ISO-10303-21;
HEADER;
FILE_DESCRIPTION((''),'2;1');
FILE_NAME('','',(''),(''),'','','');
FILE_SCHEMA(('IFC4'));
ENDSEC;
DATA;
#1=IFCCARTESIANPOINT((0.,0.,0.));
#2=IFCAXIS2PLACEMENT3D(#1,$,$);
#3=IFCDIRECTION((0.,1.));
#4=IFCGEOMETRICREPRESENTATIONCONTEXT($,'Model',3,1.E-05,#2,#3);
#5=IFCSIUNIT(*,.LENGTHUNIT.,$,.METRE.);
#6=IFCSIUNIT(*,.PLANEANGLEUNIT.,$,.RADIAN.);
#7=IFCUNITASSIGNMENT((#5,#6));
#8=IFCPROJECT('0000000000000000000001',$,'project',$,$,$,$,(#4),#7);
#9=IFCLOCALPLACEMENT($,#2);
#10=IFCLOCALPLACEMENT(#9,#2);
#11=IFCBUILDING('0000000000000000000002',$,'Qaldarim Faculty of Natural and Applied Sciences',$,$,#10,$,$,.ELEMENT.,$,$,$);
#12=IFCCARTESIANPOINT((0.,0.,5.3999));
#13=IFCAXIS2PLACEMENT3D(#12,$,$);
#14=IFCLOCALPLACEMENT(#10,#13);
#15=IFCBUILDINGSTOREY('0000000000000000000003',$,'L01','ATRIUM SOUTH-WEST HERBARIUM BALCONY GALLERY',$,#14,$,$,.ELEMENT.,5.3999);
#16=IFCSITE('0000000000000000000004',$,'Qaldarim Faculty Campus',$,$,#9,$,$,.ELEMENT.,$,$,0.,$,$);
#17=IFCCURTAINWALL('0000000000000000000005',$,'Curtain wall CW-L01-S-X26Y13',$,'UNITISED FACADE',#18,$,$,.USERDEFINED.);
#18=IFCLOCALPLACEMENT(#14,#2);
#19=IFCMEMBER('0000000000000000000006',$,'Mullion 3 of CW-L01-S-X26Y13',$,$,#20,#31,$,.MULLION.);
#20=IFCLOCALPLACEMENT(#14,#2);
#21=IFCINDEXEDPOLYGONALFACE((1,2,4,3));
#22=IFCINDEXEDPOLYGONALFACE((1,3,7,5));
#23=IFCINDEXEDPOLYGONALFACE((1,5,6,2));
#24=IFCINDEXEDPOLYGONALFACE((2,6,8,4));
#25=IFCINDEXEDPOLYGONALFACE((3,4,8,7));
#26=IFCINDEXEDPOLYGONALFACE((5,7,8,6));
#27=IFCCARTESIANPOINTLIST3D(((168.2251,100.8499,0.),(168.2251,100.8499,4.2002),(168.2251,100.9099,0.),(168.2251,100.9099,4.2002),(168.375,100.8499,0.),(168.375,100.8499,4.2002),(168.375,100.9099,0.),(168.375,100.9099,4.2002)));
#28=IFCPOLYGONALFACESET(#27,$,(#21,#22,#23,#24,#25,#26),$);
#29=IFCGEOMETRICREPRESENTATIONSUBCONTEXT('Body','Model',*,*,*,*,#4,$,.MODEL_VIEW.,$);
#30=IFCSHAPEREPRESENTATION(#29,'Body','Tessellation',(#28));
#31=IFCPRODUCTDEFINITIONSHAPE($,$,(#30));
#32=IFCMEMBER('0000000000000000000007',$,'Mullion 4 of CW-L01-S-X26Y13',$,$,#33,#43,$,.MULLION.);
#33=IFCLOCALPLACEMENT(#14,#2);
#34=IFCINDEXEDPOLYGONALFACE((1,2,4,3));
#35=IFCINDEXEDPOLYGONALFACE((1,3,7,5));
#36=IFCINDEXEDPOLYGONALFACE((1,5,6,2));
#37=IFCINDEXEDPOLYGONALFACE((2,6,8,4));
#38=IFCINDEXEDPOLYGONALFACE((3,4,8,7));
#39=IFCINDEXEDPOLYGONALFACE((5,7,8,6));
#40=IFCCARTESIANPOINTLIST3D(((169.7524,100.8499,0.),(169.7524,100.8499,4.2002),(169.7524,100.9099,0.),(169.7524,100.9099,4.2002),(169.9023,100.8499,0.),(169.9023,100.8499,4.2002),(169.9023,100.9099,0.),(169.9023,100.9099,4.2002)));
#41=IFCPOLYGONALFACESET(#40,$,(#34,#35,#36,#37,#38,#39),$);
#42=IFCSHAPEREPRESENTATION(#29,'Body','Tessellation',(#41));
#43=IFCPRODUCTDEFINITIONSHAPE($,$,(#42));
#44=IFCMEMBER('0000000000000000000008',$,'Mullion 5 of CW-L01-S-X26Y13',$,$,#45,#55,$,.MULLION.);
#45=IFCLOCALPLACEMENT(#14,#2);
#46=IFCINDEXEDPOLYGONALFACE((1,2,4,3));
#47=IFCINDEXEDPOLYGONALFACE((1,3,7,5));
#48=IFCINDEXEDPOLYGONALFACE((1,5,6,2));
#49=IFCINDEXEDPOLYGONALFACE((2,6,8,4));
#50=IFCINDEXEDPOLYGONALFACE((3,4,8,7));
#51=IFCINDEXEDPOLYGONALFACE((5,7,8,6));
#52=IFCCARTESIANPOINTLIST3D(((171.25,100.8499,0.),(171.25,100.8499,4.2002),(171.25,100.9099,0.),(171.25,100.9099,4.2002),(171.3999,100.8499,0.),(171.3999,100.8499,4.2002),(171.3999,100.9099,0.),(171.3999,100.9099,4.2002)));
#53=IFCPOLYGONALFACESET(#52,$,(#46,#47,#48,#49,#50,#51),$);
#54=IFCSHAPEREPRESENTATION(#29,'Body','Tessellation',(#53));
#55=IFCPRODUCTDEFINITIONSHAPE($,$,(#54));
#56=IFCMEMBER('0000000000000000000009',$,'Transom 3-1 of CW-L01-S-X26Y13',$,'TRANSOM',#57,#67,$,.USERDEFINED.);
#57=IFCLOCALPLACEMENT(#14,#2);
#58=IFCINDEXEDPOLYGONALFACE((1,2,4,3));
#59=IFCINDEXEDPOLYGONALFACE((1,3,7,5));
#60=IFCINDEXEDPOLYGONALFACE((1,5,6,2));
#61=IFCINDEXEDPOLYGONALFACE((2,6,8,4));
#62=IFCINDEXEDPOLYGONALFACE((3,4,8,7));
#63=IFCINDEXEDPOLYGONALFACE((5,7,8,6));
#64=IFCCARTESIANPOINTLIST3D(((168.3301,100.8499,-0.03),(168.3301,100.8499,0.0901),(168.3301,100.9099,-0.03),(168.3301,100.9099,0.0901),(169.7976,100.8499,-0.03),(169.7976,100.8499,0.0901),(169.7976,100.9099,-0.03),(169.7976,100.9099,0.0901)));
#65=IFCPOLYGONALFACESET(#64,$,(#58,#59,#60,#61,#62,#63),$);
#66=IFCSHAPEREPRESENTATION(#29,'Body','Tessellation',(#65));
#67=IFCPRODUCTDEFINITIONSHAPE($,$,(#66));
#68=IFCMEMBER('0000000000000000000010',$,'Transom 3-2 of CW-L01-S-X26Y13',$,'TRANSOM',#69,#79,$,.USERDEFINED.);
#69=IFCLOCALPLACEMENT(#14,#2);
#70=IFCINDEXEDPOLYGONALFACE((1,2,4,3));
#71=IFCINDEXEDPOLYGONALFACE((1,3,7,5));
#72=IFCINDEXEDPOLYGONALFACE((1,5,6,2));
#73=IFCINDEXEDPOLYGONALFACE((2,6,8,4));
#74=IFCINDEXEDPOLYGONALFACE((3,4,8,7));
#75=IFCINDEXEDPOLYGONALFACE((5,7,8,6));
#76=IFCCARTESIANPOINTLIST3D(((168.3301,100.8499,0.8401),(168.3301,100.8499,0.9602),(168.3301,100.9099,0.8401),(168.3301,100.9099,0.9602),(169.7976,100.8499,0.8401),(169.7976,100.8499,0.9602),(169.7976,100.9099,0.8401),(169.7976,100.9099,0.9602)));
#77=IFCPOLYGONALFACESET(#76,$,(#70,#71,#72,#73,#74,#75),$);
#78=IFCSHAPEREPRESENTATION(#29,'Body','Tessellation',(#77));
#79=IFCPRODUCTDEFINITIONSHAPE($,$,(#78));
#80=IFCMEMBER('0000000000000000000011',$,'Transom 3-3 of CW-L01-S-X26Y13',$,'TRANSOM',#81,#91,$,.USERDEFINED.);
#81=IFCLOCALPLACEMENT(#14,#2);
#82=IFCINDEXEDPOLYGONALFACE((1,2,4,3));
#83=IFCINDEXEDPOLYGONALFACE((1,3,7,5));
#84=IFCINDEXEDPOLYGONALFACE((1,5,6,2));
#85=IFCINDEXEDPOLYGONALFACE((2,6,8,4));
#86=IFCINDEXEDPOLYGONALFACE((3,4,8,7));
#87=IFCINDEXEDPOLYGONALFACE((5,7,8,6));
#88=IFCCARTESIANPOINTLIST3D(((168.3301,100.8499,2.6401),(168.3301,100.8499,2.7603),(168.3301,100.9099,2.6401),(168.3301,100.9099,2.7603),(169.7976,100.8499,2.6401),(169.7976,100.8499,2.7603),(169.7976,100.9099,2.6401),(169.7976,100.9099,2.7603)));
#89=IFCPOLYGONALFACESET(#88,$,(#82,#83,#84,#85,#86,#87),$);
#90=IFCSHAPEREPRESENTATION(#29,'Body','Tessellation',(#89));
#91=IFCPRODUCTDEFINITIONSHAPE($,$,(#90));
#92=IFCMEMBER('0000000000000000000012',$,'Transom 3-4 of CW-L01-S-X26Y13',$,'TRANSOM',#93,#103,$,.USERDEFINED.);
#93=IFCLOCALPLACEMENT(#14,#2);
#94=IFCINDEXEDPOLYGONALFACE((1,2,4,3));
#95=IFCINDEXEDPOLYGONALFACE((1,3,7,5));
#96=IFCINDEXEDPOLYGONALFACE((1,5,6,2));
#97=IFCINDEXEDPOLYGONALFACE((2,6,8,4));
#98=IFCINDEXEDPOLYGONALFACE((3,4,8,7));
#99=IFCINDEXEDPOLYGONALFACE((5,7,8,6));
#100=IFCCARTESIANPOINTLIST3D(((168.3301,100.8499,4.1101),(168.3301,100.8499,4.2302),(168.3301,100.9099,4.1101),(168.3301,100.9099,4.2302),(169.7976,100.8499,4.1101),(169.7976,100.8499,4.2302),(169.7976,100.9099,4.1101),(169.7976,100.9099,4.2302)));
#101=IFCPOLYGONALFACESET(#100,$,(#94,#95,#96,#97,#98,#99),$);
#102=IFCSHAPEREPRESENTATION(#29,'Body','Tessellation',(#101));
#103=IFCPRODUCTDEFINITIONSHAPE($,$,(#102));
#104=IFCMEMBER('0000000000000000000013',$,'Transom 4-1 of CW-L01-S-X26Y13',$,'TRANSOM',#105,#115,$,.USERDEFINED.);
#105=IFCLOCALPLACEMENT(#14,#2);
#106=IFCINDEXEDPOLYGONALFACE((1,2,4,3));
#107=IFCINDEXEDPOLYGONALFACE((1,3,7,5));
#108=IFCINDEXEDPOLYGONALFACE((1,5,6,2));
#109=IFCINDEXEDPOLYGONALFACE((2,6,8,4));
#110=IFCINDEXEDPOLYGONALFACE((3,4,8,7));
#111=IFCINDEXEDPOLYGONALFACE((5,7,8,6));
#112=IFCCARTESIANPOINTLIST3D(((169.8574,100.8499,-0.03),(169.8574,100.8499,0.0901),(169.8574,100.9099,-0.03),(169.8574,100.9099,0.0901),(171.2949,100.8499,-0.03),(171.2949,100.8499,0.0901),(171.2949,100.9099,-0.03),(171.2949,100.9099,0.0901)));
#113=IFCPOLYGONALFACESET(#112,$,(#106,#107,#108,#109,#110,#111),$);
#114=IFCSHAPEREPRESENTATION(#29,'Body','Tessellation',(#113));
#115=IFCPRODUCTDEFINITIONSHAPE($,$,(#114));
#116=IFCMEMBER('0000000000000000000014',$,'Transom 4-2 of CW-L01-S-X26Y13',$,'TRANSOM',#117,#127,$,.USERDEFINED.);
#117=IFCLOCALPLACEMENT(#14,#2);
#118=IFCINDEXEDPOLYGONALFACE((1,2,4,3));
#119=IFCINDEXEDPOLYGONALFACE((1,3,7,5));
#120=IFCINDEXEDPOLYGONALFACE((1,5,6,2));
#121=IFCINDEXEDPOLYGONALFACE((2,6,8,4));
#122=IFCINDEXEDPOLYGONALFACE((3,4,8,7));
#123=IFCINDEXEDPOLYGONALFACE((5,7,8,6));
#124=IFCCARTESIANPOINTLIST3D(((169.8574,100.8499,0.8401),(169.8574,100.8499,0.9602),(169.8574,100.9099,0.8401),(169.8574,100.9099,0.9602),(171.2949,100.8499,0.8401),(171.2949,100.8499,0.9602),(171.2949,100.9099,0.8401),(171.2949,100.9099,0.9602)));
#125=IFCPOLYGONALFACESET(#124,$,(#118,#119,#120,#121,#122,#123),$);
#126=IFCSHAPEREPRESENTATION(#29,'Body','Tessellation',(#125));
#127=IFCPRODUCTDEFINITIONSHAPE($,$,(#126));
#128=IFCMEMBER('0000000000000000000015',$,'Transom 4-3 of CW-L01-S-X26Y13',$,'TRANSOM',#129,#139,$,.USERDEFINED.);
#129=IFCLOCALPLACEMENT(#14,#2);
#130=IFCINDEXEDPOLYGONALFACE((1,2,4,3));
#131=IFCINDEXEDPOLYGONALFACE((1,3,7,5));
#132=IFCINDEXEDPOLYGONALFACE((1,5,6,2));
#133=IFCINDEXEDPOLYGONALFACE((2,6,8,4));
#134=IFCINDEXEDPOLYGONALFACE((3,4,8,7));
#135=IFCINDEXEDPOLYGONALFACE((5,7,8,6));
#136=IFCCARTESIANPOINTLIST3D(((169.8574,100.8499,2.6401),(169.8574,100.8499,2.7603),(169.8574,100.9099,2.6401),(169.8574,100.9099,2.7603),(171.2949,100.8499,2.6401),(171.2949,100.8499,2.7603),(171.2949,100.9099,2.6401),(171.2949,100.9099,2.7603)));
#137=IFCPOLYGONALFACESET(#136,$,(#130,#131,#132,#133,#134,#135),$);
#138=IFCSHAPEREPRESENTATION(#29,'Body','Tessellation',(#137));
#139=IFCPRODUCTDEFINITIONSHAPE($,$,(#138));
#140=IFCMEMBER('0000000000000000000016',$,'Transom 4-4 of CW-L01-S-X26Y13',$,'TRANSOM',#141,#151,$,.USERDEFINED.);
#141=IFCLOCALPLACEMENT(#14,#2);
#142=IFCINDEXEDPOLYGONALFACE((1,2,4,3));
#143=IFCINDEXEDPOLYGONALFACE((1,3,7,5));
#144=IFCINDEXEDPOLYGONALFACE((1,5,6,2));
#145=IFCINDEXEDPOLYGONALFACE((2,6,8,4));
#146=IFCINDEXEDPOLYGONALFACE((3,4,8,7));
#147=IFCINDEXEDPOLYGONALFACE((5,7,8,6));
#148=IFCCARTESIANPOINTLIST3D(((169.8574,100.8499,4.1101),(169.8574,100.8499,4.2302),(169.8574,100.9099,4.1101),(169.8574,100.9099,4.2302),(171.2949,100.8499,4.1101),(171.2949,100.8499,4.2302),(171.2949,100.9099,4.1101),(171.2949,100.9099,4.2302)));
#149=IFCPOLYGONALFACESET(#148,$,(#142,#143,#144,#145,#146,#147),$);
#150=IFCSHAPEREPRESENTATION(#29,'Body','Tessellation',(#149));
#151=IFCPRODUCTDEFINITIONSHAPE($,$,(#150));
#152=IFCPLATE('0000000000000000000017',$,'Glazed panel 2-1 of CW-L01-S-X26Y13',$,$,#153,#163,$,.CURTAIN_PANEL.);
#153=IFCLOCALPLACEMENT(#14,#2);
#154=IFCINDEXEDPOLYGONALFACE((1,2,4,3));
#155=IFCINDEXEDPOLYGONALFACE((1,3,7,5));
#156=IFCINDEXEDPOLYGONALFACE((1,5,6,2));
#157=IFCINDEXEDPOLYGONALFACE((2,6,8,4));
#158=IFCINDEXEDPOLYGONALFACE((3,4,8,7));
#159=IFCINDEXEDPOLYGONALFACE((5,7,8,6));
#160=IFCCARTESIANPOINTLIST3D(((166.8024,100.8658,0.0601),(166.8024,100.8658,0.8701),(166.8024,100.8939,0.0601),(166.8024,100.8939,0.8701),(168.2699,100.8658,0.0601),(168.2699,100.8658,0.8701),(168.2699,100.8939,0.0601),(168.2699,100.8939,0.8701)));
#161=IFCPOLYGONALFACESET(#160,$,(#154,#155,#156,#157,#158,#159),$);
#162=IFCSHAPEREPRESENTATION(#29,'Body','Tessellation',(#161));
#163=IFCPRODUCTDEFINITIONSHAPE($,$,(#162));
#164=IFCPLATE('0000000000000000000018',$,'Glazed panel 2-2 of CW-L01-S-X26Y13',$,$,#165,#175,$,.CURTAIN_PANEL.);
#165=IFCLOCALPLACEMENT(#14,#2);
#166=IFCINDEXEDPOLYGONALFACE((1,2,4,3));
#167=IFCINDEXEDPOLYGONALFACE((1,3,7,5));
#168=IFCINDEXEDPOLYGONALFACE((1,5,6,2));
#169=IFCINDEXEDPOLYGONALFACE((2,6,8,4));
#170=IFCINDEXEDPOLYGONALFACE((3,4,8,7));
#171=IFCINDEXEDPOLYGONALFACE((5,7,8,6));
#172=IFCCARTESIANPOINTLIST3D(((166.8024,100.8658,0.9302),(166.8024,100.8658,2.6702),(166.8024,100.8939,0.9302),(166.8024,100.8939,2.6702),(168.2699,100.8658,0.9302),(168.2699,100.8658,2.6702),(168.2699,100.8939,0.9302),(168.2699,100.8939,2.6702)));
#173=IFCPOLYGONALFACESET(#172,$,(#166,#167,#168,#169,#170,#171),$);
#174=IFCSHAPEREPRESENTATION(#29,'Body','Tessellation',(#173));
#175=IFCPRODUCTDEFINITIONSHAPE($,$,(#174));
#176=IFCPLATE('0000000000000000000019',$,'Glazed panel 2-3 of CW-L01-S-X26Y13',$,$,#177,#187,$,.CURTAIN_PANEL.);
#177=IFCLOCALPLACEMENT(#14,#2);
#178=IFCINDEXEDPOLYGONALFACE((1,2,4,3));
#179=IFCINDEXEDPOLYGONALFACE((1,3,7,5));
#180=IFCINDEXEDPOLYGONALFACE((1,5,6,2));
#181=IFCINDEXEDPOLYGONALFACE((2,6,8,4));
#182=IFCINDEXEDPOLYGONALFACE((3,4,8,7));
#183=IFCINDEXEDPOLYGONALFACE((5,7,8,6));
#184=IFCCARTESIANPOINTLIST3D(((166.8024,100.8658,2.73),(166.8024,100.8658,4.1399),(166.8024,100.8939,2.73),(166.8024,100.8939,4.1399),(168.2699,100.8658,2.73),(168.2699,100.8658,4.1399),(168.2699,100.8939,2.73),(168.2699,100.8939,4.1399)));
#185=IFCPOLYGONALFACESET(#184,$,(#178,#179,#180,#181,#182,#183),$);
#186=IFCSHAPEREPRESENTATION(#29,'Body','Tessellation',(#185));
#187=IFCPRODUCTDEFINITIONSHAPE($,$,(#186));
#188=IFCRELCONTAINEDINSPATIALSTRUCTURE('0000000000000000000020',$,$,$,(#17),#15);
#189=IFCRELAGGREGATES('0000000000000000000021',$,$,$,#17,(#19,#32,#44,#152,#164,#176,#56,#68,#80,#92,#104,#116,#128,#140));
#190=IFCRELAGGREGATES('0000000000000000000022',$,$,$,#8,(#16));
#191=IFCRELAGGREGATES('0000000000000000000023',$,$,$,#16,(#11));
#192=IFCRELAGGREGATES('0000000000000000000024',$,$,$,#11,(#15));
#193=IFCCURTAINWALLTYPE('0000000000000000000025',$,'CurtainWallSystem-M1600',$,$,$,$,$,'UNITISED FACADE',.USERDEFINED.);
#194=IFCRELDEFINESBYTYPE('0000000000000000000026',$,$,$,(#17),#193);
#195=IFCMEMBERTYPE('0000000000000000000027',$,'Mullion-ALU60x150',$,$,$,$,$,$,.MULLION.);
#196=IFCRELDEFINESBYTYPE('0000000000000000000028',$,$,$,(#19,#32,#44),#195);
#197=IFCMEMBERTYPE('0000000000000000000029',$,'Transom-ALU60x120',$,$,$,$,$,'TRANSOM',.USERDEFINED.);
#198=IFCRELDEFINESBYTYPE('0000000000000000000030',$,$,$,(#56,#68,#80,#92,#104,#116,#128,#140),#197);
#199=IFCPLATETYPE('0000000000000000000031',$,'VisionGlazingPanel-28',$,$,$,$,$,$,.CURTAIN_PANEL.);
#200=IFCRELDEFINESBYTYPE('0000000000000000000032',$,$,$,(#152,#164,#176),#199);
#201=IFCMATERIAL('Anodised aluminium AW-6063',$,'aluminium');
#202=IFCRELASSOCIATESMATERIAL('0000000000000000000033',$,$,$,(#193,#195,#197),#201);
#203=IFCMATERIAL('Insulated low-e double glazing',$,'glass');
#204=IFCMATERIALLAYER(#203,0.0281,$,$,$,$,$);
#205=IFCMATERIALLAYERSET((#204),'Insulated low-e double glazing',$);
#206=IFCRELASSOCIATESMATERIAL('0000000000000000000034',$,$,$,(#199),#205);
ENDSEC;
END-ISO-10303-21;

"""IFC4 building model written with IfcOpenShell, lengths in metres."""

from ifc_helpers import new_model, si_unit, direction, frame, origin, origin_2d, place, context, subcontext, project, spatial, rectangle, extrude, material, layer, layer_set, material_profile, profile_set, type_object, element, aggregate, save


model = new_model("IFC4")

# Units and contexts
model_context = context("Model", 3, precision=1e-05, world=origin(), true_north=direction((0.0, 1.0)))
body_context = subcontext(model_context, "Body", "Model", "MODEL_VIEW")
ifc_project = project(units=[si_unit("LENGTHUNIT", "METRE"), si_unit("PLANEANGLEUNIT", "RADIAN")], contexts=[model_context])

# Site, building, storey
site_placement = place(None, origin())
site = spatial("IfcSite", under=ifc_project, at=site_placement, Name="Qaldarim Faculty Campus", CompositionType="ELEMENT", RefElevation=0.0)
building_placement = place(site_placement, origin())
building = spatial("IfcBuilding", under=site, at=building_placement, Name="Qaldarim Faculty of Natural and Applied Sciences", CompositionType="ELEMENT")
storey_placement = place(building_placement, frame((0.0, 0.0, 5.3999)))
storey = spatial("IfcBuildingStorey", under=building, at=storey_placement, Name="L01", Description="ATRIUM SOUTH-WEST HERBARIUM BALCONY GALLERY", CompositionType="ELEMENT", Elevation=5.3999)

# Curtain wall, members, plates
ifc_material_1 = material(Name="Anodised aluminium AW-6063", Category="aluminium")
curtain_wall_type = type_object("IfcCurtainWallType", Name="CurtainWallSystem-M1600", ElementType="UNITISED FACADE", PredefinedType="USERDEFINED", material=ifc_material_1)
curtain_wall_placement = place(storey_placement, origin())
curtain_wall = element("IfcCurtainWall", 1, at=curtain_wall_placement, inside=storey, type_object=curtain_wall_type, Name="Curtain wall CW-L01-S-X26Y13", ObjectType="UNITISED FACADE", PredefinedType="USERDEFINED")
ifc_material_profile_1 = material_profile(ifc_material_1, rectangle(XDim=0.0601, YDim=0.1499, at=origin_2d()), Name="ALU-M60x150")
ifc_profile_set_1 = profile_set([ifc_material_profile_1], Name="Anodised aluminium AW-6063")
member_type_1 = type_object("IfcMemberType", Name="Mullion-ALU60x150", PredefinedType="MULLION", material=ifc_profile_set_1)
member_1_placement = place(storey_placement, frame((168.3, 100.8799, 0.0), z_axis=(0.0, 0.0, 1.0), x_axis=(0.0, 1.0, 0.0)))
member_1 = element("IfcMember", 2, at=member_1_placement, type_object=member_type_1, Name="Mullion 3 of CW-L01-S-X26Y13", PredefinedType="MULLION", context=body_context, shape_type="SweptSolid", body=[
    extrude(rectangle(XDim=0.0601, YDim=0.1499, at=origin_2d()), origin(), (0.0, 0.0, 1.0), 4.2002),
])
member_2_placement = place(storey_placement, frame((169.8274, 100.8799, 0.0), z_axis=(0.0, 0.0, 1.0), x_axis=(0.0, 1.0, 0.0)))
member_2 = element("IfcMember", 3, at=member_2_placement, type_object=member_type_1, Name="Mullion 4 of CW-L01-S-X26Y13", PredefinedType="MULLION", context=body_context, shape_type="SweptSolid", body=[
    extrude(rectangle(XDim=0.0601, YDim=0.1499, at=origin_2d()), origin(), (0.0, 0.0, 1.0), 4.2002),
])
member_3_placement = place(storey_placement, frame((171.325, 100.8799, 0.0), z_axis=(0.0, 0.0, 1.0), x_axis=(0.0, 1.0, 0.0)))
member_3 = element("IfcMember", 4, at=member_3_placement, type_object=member_type_1, Name="Mullion 5 of CW-L01-S-X26Y13", PredefinedType="MULLION", context=body_context, shape_type="SweptSolid", body=[
    extrude(rectangle(XDim=0.0601, YDim=0.1499, at=origin_2d()), origin(), (0.0, 0.0, 1.0), 4.2002),
])
ifc_material_profile_2 = material_profile(ifc_material_1, rectangle(XDim=0.0601, YDim=0.1201, at=origin_2d()), Name="ALU-T60x120")
ifc_profile_set_2 = profile_set([ifc_material_profile_2], Name="Anodised aluminium AW-6063")
member_type_2 = type_object("IfcMemberType", Name="Transom-ALU60x120", ElementType="TRANSOM", PredefinedType="USERDEFINED", material=ifc_profile_set_2)
member_4_placement = place(storey_placement, frame((168.3301, 100.8799, 0.03), z_axis=(1.0, 0.0, 0.0), x_axis=(0.0, 1.0, 0.0)))
member_4 = element("IfcMember", 5, at=member_4_placement, type_object=member_type_2, Name="Transom 3-1 of CW-L01-S-X26Y13", ObjectType="TRANSOM", PredefinedType="USERDEFINED", context=body_context, shape_type="SweptSolid", body=[
    extrude(rectangle(XDim=0.0601, YDim=0.1201, at=origin_2d()), origin(), (0.0, 0.0, 1.0), 1.4675),
])
member_5_placement = place(storey_placement, frame((168.3301, 100.8799, 0.9001), z_axis=(1.0, 0.0, 0.0), x_axis=(0.0, 1.0, 0.0)))
member_5 = element("IfcMember", 6, at=member_5_placement, type_object=member_type_2, Name="Transom 3-2 of CW-L01-S-X26Y13", ObjectType="TRANSOM", PredefinedType="USERDEFINED", context=body_context, shape_type="SweptSolid", body=[
    extrude(rectangle(XDim=0.0601, YDim=0.1201, at=origin_2d()), origin(), (0.0, 0.0, 1.0), 1.4675),
])
member_6_placement = place(storey_placement, frame((168.3301, 100.8799, 2.7002), z_axis=(1.0, 0.0, 0.0), x_axis=(0.0, 1.0, 0.0)))
member_6 = element("IfcMember", 7, at=member_6_placement, type_object=member_type_2, Name="Transom 3-3 of CW-L01-S-X26Y13", ObjectType="TRANSOM", PredefinedType="USERDEFINED", context=body_context, shape_type="SweptSolid", body=[
    extrude(rectangle(XDim=0.0601, YDim=0.1201, at=origin_2d()), origin(), (0.0, 0.0, 1.0), 1.4675),
])
member_7_placement = place(storey_placement, frame((168.3301, 100.8799, 4.1702), z_axis=(1.0, 0.0, 0.0), x_axis=(0.0, 1.0, 0.0)))
member_7 = element("IfcMember", 8, at=member_7_placement, type_object=member_type_2, Name="Transom 3-4 of CW-L01-S-X26Y13", ObjectType="TRANSOM", PredefinedType="USERDEFINED", context=body_context, shape_type="SweptSolid", body=[
    extrude(rectangle(XDim=0.0601, YDim=0.1201, at=origin_2d()), origin(), (0.0, 0.0, 1.0), 1.4675),
])
member_8_placement = place(storey_placement, frame((169.8574, 100.8799, 0.03), z_axis=(1.0, 0.0, 0.0), x_axis=(0.0, 1.0, 0.0)))
member_8 = element("IfcMember", 9, at=member_8_placement, type_object=member_type_2, Name="Transom 4-1 of CW-L01-S-X26Y13", ObjectType="TRANSOM", PredefinedType="USERDEFINED", context=body_context, shape_type="SweptSolid", body=[
    extrude(rectangle(XDim=0.0601, YDim=0.1201, at=origin_2d()), origin(), (0.0, 0.0, 1.0), 1.4375),
])
member_9_placement = place(storey_placement, frame((169.8574, 100.8799, 0.9001), z_axis=(1.0, 0.0, 0.0), x_axis=(0.0, 1.0, 0.0)))
member_9 = element("IfcMember", 10, at=member_9_placement, type_object=member_type_2, Name="Transom 4-2 of CW-L01-S-X26Y13", ObjectType="TRANSOM", PredefinedType="USERDEFINED", context=body_context, shape_type="SweptSolid", body=[
    extrude(rectangle(XDim=0.0601, YDim=0.1201, at=origin_2d()), origin(), (0.0, 0.0, 1.0), 1.4375),
])
member_10_placement = place(storey_placement, frame((169.8574, 100.8799, 2.7002), z_axis=(1.0, 0.0, 0.0), x_axis=(0.0, 1.0, 0.0)))
member_10 = element("IfcMember", 11, at=member_10_placement, type_object=member_type_2, Name="Transom 4-3 of CW-L01-S-X26Y13", ObjectType="TRANSOM", PredefinedType="USERDEFINED", context=body_context, shape_type="SweptSolid", body=[
    extrude(rectangle(XDim=0.0601, YDim=0.1201, at=origin_2d()), origin(), (0.0, 0.0, 1.0), 1.4375),
])
member_11_placement = place(storey_placement, frame((169.8574, 100.8799, 4.1702), z_axis=(1.0, 0.0, 0.0), x_axis=(0.0, 1.0, 0.0)))
member_11 = element("IfcMember", 12, at=member_11_placement, type_object=member_type_2, Name="Transom 4-4 of CW-L01-S-X26Y13", ObjectType="TRANSOM", PredefinedType="USERDEFINED", context=body_context, shape_type="SweptSolid", body=[
    extrude(rectangle(XDim=0.0601, YDim=0.1201, at=origin_2d()), origin(), (0.0, 0.0, 1.0), 1.4375),
])
ifc_material_2 = material(Name="Insulated low-e double glazing", Category="glass")
ifc_layer_1 = layer(ifc_material_2, 0.0281)
ifc_layer_set_1 = layer_set([ifc_layer_1], Name="Insulated low-e double glazing")
plate_type = type_object("IfcPlateType", Name="VisionGlazingPanel-28", PredefinedType="CURTAIN_PANEL", material=ifc_layer_set_1)
plate_1_placement = place(storey_placement, frame((167.5361, 100.8799, 0.0601), z_axis=(0.0, 0.0, 1.0), x_axis=(1.0, 0.0, 0.0)))
plate_1 = element("IfcPlate", 13, at=plate_1_placement, type_object=plate_type, Name="Glazed panel 2-1 of CW-L01-S-X26Y13", PredefinedType="CURTAIN_PANEL", context=body_context, shape_type="SweptSolid", body=[
    extrude(rectangle(XDim=1.4675, YDim=0.0281, at=origin_2d()), origin(), (0.0, 0.0, 1.0), 0.8101),
])
plate_2_placement = place(storey_placement, frame((167.5361, 100.8799, 0.9302), z_axis=(0.0, 0.0, 1.0), x_axis=(1.0, 0.0, 0.0)))
plate_2 = element("IfcPlate", 14, at=plate_2_placement, type_object=plate_type, Name="Glazed panel 2-2 of CW-L01-S-X26Y13", PredefinedType="CURTAIN_PANEL", context=body_context, shape_type="SweptSolid", body=[
    extrude(rectangle(XDim=1.4675, YDim=0.0281, at=origin_2d()), origin(), (0.0, 0.0, 1.0), 1.74),
])
plate_3_placement = place(storey_placement, frame((167.5361, 100.8799, 2.73), z_axis=(0.0, 0.0, 1.0), x_axis=(1.0, 0.0, 0.0)))
plate_3 = element("IfcPlate", 15, at=plate_3_placement, type_object=plate_type, Name="Glazed panel 2-3 of CW-L01-S-X26Y13", PredefinedType="CURTAIN_PANEL", context=body_context, shape_type="SweptSolid", body=[
    extrude(rectangle(XDim=1.4675, YDim=0.0281, at=origin_2d()), origin(), (0.0, 0.0, 1.0), 1.4099),
])
aggregate(curtain_wall, [member_1, member_2, member_3, plate_1, plate_2, plate_3, member_4, member_5, member_6, member_7, member_8, member_9, member_10, member_11])

save(model, "model.ifc")
